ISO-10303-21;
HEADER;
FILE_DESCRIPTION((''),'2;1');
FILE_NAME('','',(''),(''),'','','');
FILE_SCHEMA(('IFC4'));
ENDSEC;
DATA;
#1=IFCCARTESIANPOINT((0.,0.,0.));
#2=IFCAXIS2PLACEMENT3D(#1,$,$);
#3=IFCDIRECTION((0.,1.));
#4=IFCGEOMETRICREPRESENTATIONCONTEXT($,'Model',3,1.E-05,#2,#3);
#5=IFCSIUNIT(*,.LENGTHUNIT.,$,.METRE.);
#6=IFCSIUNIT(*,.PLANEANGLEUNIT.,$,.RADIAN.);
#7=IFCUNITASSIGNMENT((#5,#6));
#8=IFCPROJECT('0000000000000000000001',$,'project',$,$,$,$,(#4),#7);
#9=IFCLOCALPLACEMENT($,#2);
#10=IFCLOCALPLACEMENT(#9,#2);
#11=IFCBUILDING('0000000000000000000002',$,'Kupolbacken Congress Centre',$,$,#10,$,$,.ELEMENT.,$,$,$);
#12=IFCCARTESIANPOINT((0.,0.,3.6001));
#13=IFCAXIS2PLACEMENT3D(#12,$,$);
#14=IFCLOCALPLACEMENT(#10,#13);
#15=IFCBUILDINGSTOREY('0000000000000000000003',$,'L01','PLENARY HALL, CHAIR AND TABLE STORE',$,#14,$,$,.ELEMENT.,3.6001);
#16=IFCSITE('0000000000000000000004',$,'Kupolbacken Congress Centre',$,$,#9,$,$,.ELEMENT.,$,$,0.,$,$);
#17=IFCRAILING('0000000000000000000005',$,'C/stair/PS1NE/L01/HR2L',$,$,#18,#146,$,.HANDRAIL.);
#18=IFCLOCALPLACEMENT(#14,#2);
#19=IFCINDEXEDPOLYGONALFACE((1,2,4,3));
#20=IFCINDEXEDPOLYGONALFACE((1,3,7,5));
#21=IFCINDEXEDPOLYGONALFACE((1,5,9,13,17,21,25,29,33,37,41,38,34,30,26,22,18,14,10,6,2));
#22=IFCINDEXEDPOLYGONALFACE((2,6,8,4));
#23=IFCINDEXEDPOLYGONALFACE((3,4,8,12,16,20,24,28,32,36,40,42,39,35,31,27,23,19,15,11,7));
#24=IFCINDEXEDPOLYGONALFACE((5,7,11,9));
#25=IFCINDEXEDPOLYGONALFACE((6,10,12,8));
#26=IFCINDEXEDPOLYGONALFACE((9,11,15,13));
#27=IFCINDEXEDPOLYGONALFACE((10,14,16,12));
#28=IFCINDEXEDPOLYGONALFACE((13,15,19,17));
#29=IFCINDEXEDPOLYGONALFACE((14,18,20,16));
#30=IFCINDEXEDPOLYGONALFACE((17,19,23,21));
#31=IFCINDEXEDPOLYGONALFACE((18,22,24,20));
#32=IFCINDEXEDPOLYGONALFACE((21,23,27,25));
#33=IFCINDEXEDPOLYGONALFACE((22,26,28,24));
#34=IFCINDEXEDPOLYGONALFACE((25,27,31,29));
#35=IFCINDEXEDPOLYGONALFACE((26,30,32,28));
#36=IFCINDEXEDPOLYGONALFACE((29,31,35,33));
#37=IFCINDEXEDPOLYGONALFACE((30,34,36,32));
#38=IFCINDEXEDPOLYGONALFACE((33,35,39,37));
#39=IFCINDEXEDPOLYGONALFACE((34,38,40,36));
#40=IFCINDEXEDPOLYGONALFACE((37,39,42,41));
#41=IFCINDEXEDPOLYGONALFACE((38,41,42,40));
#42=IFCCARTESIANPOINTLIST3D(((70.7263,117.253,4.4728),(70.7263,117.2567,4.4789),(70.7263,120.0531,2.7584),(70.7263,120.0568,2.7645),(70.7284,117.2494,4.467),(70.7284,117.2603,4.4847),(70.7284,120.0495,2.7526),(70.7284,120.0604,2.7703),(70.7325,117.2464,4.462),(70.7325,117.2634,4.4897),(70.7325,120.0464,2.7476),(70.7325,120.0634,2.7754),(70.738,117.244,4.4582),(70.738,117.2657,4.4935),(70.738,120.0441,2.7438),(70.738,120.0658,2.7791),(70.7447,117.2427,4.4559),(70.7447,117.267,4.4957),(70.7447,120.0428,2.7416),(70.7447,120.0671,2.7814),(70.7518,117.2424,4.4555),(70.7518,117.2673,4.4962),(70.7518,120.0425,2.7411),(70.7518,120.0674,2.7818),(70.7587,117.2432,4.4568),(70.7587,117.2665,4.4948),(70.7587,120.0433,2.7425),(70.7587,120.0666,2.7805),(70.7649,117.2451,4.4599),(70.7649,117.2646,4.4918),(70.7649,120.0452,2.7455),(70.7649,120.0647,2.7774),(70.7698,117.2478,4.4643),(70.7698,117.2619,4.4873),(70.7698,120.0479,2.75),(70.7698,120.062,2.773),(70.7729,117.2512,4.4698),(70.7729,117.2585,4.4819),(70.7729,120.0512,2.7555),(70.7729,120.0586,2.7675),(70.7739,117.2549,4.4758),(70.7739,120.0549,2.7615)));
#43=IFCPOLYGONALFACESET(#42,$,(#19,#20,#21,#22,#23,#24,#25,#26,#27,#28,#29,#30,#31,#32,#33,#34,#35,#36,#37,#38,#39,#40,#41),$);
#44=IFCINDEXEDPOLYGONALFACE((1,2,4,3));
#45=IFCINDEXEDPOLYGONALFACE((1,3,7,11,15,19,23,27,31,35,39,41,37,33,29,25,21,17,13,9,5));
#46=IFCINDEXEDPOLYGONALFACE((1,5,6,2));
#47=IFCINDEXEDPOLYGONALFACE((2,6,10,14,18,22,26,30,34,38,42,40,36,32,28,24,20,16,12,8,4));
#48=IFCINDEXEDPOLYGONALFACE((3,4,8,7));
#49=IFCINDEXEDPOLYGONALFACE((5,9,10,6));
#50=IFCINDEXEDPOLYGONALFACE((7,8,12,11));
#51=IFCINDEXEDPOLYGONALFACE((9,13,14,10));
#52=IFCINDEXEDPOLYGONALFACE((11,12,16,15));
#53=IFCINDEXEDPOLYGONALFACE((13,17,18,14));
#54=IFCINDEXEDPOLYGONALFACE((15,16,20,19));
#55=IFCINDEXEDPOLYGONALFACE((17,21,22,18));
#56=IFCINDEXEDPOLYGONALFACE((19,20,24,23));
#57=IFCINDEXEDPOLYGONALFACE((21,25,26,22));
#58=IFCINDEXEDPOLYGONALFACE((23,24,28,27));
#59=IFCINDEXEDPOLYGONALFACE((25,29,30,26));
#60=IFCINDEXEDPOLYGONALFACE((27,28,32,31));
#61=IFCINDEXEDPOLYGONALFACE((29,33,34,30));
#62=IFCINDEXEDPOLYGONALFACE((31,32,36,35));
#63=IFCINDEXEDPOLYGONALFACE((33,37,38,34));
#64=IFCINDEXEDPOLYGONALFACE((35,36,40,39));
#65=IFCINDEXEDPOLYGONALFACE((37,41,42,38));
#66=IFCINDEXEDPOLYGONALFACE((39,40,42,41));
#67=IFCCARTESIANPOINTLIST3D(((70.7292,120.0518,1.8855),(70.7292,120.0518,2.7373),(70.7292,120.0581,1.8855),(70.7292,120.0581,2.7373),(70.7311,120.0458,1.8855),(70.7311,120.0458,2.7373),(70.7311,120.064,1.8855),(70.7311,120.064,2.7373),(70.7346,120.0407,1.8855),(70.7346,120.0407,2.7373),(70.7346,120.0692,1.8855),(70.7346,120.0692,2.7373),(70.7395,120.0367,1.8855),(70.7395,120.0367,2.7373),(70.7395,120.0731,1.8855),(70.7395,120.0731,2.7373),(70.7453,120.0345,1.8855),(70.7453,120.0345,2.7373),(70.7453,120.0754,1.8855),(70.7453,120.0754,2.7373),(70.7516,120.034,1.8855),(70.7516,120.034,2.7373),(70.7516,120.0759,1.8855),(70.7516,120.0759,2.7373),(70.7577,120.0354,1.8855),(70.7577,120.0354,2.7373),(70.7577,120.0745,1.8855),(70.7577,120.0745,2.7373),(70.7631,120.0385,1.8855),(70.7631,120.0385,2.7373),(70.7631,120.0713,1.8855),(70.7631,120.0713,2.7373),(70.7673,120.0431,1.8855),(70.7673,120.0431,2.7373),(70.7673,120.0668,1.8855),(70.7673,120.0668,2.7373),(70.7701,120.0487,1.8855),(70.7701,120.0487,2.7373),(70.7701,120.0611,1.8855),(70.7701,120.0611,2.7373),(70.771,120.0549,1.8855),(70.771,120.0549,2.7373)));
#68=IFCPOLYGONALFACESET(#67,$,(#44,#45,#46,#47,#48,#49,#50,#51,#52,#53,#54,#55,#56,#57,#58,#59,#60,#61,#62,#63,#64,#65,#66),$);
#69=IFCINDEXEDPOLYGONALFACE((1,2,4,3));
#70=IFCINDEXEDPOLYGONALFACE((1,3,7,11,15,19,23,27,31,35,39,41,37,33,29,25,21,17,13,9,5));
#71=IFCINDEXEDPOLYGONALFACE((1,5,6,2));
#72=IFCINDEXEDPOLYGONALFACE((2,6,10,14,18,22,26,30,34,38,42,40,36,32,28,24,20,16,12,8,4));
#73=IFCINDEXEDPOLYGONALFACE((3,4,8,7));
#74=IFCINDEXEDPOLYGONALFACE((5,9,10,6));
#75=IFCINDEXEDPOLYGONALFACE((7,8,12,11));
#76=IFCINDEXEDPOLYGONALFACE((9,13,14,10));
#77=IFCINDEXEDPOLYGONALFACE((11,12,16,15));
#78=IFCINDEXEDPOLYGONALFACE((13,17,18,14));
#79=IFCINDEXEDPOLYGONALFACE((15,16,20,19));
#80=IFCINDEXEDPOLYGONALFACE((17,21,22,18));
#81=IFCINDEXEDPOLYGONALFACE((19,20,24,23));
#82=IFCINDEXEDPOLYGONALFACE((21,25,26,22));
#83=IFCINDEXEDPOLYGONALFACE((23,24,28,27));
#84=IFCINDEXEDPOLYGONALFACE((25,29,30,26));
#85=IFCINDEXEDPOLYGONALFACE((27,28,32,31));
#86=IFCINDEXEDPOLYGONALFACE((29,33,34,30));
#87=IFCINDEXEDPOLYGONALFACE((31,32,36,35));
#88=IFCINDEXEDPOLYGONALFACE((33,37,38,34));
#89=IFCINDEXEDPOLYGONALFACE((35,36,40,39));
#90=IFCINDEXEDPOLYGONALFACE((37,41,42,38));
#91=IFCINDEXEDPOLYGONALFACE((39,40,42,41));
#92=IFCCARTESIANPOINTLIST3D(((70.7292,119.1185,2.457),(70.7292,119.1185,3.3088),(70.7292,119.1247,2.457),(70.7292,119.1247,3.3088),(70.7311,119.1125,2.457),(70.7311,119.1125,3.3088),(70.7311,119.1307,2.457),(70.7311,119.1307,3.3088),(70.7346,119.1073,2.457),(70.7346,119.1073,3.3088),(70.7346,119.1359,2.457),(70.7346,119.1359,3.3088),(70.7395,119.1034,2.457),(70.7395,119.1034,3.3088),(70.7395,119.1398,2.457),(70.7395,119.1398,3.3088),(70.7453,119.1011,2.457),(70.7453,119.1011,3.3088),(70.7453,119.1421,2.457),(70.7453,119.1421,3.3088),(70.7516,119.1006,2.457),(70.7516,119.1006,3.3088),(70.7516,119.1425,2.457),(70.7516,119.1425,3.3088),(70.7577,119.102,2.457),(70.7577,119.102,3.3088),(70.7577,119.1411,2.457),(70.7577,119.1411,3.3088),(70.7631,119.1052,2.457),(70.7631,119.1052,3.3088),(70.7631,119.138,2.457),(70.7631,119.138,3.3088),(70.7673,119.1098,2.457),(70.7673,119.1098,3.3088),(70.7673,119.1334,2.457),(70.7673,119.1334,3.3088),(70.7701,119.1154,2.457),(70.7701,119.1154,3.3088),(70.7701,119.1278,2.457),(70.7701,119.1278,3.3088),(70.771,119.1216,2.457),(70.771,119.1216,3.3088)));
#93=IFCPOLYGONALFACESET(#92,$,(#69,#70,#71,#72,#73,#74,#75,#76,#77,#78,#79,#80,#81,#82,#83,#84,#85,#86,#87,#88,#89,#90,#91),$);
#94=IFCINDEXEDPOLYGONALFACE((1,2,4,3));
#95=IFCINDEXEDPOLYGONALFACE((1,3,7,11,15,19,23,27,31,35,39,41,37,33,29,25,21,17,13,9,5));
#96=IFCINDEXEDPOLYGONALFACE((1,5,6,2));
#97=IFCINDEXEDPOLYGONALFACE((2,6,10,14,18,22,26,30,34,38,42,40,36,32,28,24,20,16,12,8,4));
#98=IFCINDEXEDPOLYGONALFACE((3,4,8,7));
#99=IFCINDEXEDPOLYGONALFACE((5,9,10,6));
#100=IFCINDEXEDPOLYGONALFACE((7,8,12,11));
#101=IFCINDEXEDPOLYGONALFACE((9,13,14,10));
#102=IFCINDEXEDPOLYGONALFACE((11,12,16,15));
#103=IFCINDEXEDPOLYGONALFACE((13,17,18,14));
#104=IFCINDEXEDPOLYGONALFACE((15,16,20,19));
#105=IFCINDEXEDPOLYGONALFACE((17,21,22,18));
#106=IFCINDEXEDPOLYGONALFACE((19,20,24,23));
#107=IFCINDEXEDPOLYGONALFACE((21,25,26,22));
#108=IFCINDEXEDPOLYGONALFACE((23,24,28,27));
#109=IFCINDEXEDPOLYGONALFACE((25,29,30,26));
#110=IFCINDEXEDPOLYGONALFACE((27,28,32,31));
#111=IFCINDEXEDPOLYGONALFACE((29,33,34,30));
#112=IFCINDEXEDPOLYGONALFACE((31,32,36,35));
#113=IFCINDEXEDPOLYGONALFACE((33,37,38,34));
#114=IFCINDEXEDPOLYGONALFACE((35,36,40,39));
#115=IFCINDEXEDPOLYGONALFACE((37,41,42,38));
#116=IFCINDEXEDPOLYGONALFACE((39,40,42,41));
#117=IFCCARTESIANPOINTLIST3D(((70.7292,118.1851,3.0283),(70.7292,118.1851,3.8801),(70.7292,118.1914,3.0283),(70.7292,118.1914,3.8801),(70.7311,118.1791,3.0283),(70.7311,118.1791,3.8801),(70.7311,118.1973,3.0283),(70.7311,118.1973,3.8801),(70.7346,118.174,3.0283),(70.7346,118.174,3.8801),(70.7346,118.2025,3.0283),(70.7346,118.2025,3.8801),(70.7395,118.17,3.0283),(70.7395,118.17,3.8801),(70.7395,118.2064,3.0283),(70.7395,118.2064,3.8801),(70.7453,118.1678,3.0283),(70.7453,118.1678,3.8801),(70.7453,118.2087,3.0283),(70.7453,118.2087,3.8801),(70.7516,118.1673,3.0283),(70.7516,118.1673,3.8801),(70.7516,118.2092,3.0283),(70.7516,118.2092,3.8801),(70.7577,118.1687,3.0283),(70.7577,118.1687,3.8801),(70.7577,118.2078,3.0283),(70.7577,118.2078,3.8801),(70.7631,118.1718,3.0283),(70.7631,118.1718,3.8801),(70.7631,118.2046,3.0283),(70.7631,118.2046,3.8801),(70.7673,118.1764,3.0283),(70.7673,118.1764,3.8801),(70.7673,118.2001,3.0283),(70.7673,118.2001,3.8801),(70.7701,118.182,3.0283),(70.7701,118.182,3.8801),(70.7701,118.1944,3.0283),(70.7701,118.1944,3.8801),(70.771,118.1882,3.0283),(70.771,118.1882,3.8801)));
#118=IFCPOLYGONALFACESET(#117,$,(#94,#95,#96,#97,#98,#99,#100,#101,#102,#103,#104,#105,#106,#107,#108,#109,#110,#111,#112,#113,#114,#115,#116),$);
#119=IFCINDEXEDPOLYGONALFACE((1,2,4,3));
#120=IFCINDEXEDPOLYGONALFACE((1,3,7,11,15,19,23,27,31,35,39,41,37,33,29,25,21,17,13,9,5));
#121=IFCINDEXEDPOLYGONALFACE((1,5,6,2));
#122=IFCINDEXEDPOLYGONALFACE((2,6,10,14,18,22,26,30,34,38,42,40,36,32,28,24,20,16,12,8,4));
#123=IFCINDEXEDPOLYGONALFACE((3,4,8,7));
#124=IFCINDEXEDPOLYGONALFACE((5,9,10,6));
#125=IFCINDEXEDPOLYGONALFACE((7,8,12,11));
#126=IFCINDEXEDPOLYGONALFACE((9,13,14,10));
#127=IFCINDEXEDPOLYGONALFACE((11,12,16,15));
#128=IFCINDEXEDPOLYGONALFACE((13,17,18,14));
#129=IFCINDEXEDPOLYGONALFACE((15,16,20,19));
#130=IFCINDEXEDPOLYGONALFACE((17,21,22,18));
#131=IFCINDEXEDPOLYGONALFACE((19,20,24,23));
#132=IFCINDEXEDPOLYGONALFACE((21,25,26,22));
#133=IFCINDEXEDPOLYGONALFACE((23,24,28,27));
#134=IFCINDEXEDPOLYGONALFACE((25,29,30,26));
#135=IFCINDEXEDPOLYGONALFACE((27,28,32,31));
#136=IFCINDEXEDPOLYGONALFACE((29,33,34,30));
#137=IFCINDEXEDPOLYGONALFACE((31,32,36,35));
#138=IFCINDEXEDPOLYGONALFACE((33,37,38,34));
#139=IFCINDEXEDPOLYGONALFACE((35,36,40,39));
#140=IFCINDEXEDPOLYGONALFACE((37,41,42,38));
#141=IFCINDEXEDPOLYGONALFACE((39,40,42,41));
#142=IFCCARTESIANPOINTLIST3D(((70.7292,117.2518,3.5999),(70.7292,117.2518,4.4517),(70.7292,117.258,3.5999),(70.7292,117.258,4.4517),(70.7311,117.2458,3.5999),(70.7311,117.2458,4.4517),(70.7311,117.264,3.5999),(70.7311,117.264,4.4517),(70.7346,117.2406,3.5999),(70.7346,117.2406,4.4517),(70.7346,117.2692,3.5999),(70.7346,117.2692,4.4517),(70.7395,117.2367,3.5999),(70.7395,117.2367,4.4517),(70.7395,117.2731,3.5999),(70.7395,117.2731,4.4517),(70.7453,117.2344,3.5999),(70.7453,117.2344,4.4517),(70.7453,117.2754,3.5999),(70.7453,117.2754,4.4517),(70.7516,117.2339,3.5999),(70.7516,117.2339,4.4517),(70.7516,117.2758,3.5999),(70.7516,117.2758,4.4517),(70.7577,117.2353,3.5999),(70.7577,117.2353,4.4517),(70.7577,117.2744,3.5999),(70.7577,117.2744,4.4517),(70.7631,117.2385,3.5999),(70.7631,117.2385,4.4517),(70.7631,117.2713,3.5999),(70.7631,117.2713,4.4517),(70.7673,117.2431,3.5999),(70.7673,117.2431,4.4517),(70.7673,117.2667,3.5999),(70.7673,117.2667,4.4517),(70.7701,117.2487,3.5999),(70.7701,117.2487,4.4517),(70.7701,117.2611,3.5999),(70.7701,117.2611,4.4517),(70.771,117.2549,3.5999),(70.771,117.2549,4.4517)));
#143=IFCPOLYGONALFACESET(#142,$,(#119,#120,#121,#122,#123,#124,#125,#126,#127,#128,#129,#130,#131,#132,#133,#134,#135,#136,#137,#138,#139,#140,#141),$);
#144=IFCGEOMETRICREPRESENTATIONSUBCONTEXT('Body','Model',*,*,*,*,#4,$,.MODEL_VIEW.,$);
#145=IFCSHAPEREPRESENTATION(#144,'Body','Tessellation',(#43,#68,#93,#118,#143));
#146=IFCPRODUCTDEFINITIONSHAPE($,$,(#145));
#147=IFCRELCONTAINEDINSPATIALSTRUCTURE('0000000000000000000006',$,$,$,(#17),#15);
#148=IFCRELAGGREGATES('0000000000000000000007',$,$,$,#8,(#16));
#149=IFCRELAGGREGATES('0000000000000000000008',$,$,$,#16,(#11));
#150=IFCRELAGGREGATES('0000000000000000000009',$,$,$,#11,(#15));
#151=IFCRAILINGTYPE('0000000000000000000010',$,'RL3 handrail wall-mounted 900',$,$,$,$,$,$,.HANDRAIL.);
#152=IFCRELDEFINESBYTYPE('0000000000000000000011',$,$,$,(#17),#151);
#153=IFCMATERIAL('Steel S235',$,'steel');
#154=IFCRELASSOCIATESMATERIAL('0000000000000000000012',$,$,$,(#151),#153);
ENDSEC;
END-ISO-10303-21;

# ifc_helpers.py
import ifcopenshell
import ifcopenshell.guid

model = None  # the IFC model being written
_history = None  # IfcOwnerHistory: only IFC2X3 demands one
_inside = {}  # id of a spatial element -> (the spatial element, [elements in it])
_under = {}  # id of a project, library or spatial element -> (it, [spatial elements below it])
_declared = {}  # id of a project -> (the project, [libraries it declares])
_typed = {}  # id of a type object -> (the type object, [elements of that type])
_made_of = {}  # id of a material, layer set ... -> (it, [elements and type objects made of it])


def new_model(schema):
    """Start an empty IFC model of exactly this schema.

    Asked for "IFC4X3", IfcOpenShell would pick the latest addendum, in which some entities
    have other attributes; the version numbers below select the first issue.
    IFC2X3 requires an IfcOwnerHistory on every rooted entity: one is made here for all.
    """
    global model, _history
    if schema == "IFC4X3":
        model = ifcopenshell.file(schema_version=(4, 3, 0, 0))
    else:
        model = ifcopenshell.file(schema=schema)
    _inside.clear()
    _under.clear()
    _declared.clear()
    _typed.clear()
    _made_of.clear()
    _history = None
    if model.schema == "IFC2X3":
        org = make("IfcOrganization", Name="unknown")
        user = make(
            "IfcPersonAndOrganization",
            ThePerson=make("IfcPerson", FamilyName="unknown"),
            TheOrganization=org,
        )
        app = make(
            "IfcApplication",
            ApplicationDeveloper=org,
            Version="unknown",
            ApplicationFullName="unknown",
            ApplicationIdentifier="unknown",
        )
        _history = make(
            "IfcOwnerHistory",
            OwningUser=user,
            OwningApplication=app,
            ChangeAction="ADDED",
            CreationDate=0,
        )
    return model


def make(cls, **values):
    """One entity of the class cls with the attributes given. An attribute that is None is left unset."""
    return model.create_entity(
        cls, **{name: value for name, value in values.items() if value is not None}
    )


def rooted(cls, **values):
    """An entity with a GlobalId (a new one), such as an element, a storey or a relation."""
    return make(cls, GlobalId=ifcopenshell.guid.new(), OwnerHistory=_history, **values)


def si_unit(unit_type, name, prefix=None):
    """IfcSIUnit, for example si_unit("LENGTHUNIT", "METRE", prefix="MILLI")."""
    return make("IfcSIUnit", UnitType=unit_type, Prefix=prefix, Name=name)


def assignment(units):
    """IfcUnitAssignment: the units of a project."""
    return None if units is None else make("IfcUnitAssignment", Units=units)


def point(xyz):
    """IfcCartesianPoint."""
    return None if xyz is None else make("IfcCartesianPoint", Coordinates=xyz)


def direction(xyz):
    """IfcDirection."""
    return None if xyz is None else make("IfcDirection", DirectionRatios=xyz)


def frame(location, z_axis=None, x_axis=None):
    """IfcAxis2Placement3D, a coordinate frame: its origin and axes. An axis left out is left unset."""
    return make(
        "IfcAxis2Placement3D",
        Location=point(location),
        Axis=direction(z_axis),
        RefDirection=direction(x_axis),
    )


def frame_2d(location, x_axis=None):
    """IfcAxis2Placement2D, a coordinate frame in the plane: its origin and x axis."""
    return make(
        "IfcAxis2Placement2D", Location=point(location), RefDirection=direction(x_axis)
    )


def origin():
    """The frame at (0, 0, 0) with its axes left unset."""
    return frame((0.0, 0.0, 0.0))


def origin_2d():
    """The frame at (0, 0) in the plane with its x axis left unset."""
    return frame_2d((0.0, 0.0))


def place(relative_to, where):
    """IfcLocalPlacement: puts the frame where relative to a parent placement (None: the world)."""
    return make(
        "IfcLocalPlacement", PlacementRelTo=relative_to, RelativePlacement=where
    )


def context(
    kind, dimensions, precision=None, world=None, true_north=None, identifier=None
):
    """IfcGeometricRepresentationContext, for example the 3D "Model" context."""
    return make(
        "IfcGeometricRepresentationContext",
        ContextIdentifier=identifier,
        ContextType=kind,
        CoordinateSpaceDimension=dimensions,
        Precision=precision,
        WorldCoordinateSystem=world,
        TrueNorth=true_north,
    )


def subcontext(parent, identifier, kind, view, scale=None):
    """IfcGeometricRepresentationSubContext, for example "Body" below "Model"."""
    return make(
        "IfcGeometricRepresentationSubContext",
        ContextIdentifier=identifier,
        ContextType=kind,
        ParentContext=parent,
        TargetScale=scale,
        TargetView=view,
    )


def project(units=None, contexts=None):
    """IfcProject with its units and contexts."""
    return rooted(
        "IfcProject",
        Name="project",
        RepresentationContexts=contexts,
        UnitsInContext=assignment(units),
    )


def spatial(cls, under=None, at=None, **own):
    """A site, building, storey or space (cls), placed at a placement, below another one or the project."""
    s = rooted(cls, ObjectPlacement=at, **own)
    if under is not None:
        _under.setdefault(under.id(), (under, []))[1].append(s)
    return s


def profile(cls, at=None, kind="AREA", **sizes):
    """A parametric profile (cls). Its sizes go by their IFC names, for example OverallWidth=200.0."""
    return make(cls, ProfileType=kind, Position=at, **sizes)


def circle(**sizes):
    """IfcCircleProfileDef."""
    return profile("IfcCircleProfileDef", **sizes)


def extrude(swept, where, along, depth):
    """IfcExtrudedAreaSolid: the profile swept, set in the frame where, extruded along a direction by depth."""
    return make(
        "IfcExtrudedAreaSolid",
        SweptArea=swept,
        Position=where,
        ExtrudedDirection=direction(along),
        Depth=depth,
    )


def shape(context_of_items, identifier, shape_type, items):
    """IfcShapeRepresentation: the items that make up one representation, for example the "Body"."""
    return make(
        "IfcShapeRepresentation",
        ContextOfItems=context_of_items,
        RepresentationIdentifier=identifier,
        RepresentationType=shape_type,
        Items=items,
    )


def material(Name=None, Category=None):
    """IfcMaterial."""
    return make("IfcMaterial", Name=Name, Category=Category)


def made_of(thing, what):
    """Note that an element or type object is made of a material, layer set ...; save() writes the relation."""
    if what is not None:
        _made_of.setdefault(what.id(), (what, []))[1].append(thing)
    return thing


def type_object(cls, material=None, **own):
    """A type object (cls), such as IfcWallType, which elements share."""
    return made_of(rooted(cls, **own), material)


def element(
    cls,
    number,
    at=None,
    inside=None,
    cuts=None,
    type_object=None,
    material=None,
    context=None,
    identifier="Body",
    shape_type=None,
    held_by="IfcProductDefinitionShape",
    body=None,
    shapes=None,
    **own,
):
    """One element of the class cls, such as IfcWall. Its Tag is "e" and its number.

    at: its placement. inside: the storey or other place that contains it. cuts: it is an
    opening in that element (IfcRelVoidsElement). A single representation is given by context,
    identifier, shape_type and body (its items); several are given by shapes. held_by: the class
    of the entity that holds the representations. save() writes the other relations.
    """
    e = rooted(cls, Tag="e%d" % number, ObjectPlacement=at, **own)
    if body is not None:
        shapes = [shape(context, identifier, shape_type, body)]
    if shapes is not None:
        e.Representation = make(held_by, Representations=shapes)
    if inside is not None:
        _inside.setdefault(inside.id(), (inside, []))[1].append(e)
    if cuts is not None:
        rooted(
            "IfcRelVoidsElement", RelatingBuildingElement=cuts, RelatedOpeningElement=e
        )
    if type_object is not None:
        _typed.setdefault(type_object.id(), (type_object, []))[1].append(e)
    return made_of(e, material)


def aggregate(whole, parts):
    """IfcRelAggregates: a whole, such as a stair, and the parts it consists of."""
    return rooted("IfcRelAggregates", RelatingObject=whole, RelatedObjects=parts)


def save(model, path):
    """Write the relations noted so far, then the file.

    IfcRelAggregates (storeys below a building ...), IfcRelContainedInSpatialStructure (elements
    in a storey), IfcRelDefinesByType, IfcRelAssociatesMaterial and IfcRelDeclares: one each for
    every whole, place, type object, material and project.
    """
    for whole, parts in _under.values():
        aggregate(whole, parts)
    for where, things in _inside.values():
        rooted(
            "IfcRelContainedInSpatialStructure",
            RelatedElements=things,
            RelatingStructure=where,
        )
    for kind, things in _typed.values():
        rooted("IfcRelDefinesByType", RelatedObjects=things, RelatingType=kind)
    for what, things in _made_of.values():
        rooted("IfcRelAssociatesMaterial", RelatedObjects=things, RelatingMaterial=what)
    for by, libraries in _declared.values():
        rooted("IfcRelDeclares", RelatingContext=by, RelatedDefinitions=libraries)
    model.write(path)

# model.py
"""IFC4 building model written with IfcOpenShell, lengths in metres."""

from ifc_helpers import new_model, si_unit, direction, frame, origin, origin_2d, place, context, subcontext, project, spatial, circle, extrude, material, type_object, element, save


model = new_model("IFC4")

# Units and contexts
model_context = context("Model", 3, precision=1e-05, world=origin(), true_north=direction((0.0, 1.0)))
body_context = subcontext(model_context, "Body", "Model", "MODEL_VIEW")
ifc_project = project(units=[si_unit("LENGTHUNIT", "METRE"), si_unit("PLANEANGLEUNIT", "RADIAN")], contexts=[model_context])

# Site, building, storey
site_placement = place(None, origin())
site = spatial("IfcSite", under=ifc_project, at=site_placement, Name="Kupolbacken Congress Centre", CompositionType="ELEMENT", RefElevation=0.0)
building_placement = place(site_placement, origin())
building = spatial("IfcBuilding", under=site, at=building_placement, Name="Kupolbacken Congress Centre", CompositionType="ELEMENT")
storey_placement = place(building_placement, frame((0.0, 0.0, 3.6001)))
storey = spatial("IfcBuildingStorey", under=building, at=storey_placement, Name="L01", Description="PLENARY HALL, CHAIR AND TABLE STORE", CompositionType="ELEMENT", Elevation=3.6001)

# Railing
ifc_material_1 = material(Name="Steel S235", Category="steel")
railing_type = type_object("IfcRailingType", Name="RL3 handrail wall-mounted 900", PredefinedType="HANDRAIL", material=ifc_material_1)
for number, where, name in (
    (1, (70.75, 120.0549, 1.8855), "C/stair/PS1NE/L01/HR2L"),
):
    element("IfcRailing", number, at=place(storey_placement, frame(where)), inside=storey, type_object=railing_type, Name=name, PredefinedType="HANDRAIL", context=body_context, shape_type="SweptSolid", body=[
        extrude(circle(Radius=0.0239, at=origin_2d()), frame((0.0, 0.0, 0.876), z_axis=(0.0, -0.852846, 0.522163), x_axis=(1.0, 0.0, 0.0)), (0.0, 0.0, 1.0), 3.2832),
        extrude(circle(Radius=0.021, at=origin_2d()), origin(), (0.0, 0.0, 1.0), 0.8518),
        extrude(circle(Radius=0.021, at=origin_2d()), frame((0.0, -0.9333, 0.5715)), (0.0, 0.0, 1.0), 0.8518),
        extrude(circle(Radius=0.021, at=origin_2d()), frame((0.0, -1.8667, 1.1428)), (0.0, 0.0, 1.0), 0.8518),
        extrude(circle(Radius=0.021, at=origin_2d()), frame((0.0, -2.8, 1.7144)), (0.0, 0.0, 1.0), 0.8518),
    ])

save(model, "model.ifc")
